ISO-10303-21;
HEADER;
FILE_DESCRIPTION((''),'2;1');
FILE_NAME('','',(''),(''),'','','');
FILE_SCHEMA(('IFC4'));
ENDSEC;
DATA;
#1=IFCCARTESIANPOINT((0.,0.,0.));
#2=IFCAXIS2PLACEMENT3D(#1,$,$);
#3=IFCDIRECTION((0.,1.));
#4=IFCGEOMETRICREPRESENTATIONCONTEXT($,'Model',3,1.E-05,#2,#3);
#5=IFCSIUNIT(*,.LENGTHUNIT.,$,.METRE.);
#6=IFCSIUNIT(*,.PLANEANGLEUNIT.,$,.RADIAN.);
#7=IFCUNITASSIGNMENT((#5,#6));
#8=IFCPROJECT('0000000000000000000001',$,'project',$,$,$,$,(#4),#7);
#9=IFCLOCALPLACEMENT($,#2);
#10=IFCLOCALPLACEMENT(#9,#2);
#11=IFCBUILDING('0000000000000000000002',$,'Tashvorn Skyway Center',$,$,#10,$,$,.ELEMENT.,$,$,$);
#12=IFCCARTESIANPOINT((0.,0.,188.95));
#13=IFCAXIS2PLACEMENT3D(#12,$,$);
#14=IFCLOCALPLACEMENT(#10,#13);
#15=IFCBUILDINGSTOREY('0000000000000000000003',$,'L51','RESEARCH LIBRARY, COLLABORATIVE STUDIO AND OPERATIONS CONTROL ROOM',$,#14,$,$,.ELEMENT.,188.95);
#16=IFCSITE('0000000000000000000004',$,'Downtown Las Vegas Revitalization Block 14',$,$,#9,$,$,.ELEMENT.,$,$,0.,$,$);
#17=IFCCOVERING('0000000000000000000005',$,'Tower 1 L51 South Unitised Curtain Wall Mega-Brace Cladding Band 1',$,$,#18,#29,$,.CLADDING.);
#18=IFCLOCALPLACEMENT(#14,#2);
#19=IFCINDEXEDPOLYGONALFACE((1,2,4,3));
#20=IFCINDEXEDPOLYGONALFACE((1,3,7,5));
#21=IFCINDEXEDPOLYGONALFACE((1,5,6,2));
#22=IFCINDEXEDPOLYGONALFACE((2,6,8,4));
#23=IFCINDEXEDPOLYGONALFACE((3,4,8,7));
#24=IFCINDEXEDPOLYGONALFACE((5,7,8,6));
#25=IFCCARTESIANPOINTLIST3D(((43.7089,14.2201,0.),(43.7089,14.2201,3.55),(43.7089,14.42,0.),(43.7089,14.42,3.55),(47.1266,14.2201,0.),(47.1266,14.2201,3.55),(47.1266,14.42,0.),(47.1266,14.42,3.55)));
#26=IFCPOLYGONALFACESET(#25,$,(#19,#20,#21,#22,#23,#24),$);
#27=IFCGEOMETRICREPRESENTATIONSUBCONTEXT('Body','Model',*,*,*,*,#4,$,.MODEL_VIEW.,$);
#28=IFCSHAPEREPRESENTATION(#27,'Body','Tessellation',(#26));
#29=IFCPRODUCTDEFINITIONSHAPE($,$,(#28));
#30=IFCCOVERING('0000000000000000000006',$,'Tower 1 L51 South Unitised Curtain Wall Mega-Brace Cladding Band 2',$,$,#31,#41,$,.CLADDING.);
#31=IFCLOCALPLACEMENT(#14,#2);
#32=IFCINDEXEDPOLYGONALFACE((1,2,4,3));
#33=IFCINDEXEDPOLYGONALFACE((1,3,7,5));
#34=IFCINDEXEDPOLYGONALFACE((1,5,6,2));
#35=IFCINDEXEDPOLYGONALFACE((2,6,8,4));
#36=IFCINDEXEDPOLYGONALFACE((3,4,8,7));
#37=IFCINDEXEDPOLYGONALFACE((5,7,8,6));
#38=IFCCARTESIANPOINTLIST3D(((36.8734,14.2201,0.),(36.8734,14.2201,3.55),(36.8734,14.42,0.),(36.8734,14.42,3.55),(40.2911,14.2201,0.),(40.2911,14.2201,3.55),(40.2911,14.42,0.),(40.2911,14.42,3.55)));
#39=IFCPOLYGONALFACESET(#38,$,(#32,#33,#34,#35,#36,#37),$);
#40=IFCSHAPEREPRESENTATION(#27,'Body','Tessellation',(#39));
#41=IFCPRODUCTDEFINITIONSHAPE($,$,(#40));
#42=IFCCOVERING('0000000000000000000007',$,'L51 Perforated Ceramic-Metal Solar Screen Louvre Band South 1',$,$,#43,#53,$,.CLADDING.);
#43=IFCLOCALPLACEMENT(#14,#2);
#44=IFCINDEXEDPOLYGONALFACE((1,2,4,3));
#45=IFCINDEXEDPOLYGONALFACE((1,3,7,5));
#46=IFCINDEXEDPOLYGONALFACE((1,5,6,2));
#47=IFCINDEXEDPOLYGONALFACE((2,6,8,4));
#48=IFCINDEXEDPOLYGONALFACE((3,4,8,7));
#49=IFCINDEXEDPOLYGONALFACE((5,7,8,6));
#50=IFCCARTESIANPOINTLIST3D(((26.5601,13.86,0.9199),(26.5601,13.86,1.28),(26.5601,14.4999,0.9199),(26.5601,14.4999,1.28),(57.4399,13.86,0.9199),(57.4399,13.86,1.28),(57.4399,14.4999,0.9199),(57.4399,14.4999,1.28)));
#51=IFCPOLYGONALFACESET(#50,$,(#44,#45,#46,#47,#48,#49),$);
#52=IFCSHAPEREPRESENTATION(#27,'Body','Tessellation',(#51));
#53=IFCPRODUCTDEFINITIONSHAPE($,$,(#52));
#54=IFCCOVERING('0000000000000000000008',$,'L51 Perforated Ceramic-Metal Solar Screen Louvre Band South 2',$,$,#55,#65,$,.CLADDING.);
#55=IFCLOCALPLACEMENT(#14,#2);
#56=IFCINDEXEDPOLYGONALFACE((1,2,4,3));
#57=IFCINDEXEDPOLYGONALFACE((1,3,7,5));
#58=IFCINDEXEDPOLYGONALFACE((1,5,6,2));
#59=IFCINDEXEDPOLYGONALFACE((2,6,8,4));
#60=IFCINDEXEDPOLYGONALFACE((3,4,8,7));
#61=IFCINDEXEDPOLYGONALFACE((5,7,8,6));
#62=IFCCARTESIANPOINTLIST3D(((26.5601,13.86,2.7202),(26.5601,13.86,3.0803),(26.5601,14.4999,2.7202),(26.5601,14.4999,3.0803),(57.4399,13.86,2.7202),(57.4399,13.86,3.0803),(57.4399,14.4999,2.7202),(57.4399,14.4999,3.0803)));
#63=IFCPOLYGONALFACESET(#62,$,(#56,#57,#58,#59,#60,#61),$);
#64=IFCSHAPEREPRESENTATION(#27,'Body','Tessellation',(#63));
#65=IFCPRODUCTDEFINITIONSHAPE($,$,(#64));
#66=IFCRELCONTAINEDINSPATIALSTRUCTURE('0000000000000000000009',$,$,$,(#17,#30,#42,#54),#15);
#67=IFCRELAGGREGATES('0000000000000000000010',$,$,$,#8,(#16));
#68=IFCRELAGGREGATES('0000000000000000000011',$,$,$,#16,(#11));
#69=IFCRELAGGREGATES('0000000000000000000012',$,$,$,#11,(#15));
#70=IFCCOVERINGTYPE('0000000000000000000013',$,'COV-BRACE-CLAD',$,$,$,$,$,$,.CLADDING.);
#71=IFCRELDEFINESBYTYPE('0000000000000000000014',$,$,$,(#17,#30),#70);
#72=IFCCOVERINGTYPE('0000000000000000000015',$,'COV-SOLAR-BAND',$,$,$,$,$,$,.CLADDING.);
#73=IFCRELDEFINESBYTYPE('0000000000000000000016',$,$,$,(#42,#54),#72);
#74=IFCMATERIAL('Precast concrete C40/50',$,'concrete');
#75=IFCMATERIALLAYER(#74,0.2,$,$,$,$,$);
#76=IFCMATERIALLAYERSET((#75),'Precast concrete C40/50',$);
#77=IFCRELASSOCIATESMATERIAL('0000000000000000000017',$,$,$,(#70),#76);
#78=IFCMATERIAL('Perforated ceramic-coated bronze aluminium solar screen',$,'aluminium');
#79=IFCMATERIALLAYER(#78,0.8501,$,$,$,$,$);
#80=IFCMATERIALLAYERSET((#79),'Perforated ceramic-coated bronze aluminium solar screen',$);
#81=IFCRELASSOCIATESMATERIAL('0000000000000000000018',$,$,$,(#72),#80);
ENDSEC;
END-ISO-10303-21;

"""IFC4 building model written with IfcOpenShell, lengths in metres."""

from ifc_helpers import new_model, si_unit, direction, frame, origin, origin_2d, place, context, subcontext, project, spatial, rectangle, extrude, material, layer, layer_set, type_object, element, save


model = new_model("IFC4")

# Units and contexts
model_context = context("Model", 3, precision=1e-05, world=origin(), true_north=direction((0.0, 1.0)))
body_context = subcontext(model_context, "Body", "Model", "MODEL_VIEW")
ifc_project = project(units=[si_unit("LENGTHUNIT", "METRE"), si_unit("PLANEANGLEUNIT", "RADIAN")], contexts=[model_context])

# Site, building, storey
site_placement = place(None, origin())
site = spatial("IfcSite", under=ifc_project, at=site_placement, Name="Downtown Las Vegas Revitalization Block 14", CompositionType="ELEMENT", RefElevation=0.0)
building_placement = place(site_placement, origin())
building = spatial("IfcBuilding", under=site, at=building_placement, Name="Tashvorn Skyway Center", CompositionType="ELEMENT")
storey_placement = place(building_placement, frame((0.0, 0.0, 188.95)))
storey = spatial("IfcBuildingStorey", under=building, at=storey_placement, Name="L51", Description="RESEARCH LIBRARY, COLLABORATIVE STUDIO AND OPERATIONS CONTROL ROOM", CompositionType="ELEMENT", Elevation=188.95)

# Coverings
ifc_material_1 = material(Name="Precast concrete C40/50", Category="concrete")
ifc_layer_1 = layer(ifc_material_1, 0.2)
ifc_layer_set_1 = layer_set([ifc_layer_1], Name="Precast concrete C40/50")
covering_type_1 = type_object("IfcCoveringType", Name="COV-BRACE-CLAD", PredefinedType="CLADDING", material=ifc_layer_set_1)
for number, where, z_axis, x_axis, name in (
    (1, (45.4177, 14.3201, 0.0), (0.0, 0.0, 1.0), (-1.0, 0.0, 0.0), "Tower 1 L51 South Unitised Curtain Wall Mega-Brace Cladding Band 1"),
    (2, (38.5823, 14.3201, 0.0), (0.0, 0.0, 1.0), (-1.0, 0.0, 0.0), "Tower 1 L51 South Unitised Curtain Wall Mega-Brace Cladding Band 2"),
):
    element("IfcCovering", number, at=place(storey_placement, frame(where, z_axis=z_axis, x_axis=x_axis)), inside=storey, type_object=covering_type_1, Name=name, PredefinedType="CLADDING", context=body_context, shape_type="SweptSolid", body=[
        extrude(rectangle(XDim=3.4177, YDim=0.2, at=origin_2d()), origin(), (0.0, 0.0, 1.0), 3.55),
    ])
ifc_material_2 = material(Name="Perforated ceramic-coated bronze aluminium solar screen", Category="aluminium")
ifc_layer_2 = layer(ifc_material_2, 0.8501)
ifc_layer_set_2 = layer_set([ifc_layer_2], Name="Perforated ceramic-coated bronze aluminium solar screen")
covering_type_2 = type_object("IfcCoveringType", Name="COV-SOLAR-BAND", PredefinedType="CLADDING", material=ifc_layer_set_2)
for number, where, z_axis, x_axis, name in (
    (3, (42.0, 14.1799, 0.9199), (0.0, 0.0, 1.0), (-1.0, 0.0, 0.0), "L51 Perforated Ceramic-Metal Solar Screen Louvre Band South 1"),
    (4, (42.0, 14.1799, 2.7202), (0.0, 0.0, 1.0), (-1.0, 0.0, 0.0), "L51 Perforated Ceramic-Metal Solar Screen Louvre Band South 2"),
):
    element("IfcCovering", number, at=place(storey_placement, frame(where, z_axis=z_axis, x_axis=x_axis)), inside=storey, type_object=covering_type_2, Name=name, PredefinedType="CLADDING", context=body_context, shape_type="SweptSolid", body=[
        extrude(rectangle(XDim=30.8799, YDim=0.6399, at=origin_2d()), origin(), (0.0, 0.0, 1.0), 0.3601),
    ])

save(model, "model.ifc")
